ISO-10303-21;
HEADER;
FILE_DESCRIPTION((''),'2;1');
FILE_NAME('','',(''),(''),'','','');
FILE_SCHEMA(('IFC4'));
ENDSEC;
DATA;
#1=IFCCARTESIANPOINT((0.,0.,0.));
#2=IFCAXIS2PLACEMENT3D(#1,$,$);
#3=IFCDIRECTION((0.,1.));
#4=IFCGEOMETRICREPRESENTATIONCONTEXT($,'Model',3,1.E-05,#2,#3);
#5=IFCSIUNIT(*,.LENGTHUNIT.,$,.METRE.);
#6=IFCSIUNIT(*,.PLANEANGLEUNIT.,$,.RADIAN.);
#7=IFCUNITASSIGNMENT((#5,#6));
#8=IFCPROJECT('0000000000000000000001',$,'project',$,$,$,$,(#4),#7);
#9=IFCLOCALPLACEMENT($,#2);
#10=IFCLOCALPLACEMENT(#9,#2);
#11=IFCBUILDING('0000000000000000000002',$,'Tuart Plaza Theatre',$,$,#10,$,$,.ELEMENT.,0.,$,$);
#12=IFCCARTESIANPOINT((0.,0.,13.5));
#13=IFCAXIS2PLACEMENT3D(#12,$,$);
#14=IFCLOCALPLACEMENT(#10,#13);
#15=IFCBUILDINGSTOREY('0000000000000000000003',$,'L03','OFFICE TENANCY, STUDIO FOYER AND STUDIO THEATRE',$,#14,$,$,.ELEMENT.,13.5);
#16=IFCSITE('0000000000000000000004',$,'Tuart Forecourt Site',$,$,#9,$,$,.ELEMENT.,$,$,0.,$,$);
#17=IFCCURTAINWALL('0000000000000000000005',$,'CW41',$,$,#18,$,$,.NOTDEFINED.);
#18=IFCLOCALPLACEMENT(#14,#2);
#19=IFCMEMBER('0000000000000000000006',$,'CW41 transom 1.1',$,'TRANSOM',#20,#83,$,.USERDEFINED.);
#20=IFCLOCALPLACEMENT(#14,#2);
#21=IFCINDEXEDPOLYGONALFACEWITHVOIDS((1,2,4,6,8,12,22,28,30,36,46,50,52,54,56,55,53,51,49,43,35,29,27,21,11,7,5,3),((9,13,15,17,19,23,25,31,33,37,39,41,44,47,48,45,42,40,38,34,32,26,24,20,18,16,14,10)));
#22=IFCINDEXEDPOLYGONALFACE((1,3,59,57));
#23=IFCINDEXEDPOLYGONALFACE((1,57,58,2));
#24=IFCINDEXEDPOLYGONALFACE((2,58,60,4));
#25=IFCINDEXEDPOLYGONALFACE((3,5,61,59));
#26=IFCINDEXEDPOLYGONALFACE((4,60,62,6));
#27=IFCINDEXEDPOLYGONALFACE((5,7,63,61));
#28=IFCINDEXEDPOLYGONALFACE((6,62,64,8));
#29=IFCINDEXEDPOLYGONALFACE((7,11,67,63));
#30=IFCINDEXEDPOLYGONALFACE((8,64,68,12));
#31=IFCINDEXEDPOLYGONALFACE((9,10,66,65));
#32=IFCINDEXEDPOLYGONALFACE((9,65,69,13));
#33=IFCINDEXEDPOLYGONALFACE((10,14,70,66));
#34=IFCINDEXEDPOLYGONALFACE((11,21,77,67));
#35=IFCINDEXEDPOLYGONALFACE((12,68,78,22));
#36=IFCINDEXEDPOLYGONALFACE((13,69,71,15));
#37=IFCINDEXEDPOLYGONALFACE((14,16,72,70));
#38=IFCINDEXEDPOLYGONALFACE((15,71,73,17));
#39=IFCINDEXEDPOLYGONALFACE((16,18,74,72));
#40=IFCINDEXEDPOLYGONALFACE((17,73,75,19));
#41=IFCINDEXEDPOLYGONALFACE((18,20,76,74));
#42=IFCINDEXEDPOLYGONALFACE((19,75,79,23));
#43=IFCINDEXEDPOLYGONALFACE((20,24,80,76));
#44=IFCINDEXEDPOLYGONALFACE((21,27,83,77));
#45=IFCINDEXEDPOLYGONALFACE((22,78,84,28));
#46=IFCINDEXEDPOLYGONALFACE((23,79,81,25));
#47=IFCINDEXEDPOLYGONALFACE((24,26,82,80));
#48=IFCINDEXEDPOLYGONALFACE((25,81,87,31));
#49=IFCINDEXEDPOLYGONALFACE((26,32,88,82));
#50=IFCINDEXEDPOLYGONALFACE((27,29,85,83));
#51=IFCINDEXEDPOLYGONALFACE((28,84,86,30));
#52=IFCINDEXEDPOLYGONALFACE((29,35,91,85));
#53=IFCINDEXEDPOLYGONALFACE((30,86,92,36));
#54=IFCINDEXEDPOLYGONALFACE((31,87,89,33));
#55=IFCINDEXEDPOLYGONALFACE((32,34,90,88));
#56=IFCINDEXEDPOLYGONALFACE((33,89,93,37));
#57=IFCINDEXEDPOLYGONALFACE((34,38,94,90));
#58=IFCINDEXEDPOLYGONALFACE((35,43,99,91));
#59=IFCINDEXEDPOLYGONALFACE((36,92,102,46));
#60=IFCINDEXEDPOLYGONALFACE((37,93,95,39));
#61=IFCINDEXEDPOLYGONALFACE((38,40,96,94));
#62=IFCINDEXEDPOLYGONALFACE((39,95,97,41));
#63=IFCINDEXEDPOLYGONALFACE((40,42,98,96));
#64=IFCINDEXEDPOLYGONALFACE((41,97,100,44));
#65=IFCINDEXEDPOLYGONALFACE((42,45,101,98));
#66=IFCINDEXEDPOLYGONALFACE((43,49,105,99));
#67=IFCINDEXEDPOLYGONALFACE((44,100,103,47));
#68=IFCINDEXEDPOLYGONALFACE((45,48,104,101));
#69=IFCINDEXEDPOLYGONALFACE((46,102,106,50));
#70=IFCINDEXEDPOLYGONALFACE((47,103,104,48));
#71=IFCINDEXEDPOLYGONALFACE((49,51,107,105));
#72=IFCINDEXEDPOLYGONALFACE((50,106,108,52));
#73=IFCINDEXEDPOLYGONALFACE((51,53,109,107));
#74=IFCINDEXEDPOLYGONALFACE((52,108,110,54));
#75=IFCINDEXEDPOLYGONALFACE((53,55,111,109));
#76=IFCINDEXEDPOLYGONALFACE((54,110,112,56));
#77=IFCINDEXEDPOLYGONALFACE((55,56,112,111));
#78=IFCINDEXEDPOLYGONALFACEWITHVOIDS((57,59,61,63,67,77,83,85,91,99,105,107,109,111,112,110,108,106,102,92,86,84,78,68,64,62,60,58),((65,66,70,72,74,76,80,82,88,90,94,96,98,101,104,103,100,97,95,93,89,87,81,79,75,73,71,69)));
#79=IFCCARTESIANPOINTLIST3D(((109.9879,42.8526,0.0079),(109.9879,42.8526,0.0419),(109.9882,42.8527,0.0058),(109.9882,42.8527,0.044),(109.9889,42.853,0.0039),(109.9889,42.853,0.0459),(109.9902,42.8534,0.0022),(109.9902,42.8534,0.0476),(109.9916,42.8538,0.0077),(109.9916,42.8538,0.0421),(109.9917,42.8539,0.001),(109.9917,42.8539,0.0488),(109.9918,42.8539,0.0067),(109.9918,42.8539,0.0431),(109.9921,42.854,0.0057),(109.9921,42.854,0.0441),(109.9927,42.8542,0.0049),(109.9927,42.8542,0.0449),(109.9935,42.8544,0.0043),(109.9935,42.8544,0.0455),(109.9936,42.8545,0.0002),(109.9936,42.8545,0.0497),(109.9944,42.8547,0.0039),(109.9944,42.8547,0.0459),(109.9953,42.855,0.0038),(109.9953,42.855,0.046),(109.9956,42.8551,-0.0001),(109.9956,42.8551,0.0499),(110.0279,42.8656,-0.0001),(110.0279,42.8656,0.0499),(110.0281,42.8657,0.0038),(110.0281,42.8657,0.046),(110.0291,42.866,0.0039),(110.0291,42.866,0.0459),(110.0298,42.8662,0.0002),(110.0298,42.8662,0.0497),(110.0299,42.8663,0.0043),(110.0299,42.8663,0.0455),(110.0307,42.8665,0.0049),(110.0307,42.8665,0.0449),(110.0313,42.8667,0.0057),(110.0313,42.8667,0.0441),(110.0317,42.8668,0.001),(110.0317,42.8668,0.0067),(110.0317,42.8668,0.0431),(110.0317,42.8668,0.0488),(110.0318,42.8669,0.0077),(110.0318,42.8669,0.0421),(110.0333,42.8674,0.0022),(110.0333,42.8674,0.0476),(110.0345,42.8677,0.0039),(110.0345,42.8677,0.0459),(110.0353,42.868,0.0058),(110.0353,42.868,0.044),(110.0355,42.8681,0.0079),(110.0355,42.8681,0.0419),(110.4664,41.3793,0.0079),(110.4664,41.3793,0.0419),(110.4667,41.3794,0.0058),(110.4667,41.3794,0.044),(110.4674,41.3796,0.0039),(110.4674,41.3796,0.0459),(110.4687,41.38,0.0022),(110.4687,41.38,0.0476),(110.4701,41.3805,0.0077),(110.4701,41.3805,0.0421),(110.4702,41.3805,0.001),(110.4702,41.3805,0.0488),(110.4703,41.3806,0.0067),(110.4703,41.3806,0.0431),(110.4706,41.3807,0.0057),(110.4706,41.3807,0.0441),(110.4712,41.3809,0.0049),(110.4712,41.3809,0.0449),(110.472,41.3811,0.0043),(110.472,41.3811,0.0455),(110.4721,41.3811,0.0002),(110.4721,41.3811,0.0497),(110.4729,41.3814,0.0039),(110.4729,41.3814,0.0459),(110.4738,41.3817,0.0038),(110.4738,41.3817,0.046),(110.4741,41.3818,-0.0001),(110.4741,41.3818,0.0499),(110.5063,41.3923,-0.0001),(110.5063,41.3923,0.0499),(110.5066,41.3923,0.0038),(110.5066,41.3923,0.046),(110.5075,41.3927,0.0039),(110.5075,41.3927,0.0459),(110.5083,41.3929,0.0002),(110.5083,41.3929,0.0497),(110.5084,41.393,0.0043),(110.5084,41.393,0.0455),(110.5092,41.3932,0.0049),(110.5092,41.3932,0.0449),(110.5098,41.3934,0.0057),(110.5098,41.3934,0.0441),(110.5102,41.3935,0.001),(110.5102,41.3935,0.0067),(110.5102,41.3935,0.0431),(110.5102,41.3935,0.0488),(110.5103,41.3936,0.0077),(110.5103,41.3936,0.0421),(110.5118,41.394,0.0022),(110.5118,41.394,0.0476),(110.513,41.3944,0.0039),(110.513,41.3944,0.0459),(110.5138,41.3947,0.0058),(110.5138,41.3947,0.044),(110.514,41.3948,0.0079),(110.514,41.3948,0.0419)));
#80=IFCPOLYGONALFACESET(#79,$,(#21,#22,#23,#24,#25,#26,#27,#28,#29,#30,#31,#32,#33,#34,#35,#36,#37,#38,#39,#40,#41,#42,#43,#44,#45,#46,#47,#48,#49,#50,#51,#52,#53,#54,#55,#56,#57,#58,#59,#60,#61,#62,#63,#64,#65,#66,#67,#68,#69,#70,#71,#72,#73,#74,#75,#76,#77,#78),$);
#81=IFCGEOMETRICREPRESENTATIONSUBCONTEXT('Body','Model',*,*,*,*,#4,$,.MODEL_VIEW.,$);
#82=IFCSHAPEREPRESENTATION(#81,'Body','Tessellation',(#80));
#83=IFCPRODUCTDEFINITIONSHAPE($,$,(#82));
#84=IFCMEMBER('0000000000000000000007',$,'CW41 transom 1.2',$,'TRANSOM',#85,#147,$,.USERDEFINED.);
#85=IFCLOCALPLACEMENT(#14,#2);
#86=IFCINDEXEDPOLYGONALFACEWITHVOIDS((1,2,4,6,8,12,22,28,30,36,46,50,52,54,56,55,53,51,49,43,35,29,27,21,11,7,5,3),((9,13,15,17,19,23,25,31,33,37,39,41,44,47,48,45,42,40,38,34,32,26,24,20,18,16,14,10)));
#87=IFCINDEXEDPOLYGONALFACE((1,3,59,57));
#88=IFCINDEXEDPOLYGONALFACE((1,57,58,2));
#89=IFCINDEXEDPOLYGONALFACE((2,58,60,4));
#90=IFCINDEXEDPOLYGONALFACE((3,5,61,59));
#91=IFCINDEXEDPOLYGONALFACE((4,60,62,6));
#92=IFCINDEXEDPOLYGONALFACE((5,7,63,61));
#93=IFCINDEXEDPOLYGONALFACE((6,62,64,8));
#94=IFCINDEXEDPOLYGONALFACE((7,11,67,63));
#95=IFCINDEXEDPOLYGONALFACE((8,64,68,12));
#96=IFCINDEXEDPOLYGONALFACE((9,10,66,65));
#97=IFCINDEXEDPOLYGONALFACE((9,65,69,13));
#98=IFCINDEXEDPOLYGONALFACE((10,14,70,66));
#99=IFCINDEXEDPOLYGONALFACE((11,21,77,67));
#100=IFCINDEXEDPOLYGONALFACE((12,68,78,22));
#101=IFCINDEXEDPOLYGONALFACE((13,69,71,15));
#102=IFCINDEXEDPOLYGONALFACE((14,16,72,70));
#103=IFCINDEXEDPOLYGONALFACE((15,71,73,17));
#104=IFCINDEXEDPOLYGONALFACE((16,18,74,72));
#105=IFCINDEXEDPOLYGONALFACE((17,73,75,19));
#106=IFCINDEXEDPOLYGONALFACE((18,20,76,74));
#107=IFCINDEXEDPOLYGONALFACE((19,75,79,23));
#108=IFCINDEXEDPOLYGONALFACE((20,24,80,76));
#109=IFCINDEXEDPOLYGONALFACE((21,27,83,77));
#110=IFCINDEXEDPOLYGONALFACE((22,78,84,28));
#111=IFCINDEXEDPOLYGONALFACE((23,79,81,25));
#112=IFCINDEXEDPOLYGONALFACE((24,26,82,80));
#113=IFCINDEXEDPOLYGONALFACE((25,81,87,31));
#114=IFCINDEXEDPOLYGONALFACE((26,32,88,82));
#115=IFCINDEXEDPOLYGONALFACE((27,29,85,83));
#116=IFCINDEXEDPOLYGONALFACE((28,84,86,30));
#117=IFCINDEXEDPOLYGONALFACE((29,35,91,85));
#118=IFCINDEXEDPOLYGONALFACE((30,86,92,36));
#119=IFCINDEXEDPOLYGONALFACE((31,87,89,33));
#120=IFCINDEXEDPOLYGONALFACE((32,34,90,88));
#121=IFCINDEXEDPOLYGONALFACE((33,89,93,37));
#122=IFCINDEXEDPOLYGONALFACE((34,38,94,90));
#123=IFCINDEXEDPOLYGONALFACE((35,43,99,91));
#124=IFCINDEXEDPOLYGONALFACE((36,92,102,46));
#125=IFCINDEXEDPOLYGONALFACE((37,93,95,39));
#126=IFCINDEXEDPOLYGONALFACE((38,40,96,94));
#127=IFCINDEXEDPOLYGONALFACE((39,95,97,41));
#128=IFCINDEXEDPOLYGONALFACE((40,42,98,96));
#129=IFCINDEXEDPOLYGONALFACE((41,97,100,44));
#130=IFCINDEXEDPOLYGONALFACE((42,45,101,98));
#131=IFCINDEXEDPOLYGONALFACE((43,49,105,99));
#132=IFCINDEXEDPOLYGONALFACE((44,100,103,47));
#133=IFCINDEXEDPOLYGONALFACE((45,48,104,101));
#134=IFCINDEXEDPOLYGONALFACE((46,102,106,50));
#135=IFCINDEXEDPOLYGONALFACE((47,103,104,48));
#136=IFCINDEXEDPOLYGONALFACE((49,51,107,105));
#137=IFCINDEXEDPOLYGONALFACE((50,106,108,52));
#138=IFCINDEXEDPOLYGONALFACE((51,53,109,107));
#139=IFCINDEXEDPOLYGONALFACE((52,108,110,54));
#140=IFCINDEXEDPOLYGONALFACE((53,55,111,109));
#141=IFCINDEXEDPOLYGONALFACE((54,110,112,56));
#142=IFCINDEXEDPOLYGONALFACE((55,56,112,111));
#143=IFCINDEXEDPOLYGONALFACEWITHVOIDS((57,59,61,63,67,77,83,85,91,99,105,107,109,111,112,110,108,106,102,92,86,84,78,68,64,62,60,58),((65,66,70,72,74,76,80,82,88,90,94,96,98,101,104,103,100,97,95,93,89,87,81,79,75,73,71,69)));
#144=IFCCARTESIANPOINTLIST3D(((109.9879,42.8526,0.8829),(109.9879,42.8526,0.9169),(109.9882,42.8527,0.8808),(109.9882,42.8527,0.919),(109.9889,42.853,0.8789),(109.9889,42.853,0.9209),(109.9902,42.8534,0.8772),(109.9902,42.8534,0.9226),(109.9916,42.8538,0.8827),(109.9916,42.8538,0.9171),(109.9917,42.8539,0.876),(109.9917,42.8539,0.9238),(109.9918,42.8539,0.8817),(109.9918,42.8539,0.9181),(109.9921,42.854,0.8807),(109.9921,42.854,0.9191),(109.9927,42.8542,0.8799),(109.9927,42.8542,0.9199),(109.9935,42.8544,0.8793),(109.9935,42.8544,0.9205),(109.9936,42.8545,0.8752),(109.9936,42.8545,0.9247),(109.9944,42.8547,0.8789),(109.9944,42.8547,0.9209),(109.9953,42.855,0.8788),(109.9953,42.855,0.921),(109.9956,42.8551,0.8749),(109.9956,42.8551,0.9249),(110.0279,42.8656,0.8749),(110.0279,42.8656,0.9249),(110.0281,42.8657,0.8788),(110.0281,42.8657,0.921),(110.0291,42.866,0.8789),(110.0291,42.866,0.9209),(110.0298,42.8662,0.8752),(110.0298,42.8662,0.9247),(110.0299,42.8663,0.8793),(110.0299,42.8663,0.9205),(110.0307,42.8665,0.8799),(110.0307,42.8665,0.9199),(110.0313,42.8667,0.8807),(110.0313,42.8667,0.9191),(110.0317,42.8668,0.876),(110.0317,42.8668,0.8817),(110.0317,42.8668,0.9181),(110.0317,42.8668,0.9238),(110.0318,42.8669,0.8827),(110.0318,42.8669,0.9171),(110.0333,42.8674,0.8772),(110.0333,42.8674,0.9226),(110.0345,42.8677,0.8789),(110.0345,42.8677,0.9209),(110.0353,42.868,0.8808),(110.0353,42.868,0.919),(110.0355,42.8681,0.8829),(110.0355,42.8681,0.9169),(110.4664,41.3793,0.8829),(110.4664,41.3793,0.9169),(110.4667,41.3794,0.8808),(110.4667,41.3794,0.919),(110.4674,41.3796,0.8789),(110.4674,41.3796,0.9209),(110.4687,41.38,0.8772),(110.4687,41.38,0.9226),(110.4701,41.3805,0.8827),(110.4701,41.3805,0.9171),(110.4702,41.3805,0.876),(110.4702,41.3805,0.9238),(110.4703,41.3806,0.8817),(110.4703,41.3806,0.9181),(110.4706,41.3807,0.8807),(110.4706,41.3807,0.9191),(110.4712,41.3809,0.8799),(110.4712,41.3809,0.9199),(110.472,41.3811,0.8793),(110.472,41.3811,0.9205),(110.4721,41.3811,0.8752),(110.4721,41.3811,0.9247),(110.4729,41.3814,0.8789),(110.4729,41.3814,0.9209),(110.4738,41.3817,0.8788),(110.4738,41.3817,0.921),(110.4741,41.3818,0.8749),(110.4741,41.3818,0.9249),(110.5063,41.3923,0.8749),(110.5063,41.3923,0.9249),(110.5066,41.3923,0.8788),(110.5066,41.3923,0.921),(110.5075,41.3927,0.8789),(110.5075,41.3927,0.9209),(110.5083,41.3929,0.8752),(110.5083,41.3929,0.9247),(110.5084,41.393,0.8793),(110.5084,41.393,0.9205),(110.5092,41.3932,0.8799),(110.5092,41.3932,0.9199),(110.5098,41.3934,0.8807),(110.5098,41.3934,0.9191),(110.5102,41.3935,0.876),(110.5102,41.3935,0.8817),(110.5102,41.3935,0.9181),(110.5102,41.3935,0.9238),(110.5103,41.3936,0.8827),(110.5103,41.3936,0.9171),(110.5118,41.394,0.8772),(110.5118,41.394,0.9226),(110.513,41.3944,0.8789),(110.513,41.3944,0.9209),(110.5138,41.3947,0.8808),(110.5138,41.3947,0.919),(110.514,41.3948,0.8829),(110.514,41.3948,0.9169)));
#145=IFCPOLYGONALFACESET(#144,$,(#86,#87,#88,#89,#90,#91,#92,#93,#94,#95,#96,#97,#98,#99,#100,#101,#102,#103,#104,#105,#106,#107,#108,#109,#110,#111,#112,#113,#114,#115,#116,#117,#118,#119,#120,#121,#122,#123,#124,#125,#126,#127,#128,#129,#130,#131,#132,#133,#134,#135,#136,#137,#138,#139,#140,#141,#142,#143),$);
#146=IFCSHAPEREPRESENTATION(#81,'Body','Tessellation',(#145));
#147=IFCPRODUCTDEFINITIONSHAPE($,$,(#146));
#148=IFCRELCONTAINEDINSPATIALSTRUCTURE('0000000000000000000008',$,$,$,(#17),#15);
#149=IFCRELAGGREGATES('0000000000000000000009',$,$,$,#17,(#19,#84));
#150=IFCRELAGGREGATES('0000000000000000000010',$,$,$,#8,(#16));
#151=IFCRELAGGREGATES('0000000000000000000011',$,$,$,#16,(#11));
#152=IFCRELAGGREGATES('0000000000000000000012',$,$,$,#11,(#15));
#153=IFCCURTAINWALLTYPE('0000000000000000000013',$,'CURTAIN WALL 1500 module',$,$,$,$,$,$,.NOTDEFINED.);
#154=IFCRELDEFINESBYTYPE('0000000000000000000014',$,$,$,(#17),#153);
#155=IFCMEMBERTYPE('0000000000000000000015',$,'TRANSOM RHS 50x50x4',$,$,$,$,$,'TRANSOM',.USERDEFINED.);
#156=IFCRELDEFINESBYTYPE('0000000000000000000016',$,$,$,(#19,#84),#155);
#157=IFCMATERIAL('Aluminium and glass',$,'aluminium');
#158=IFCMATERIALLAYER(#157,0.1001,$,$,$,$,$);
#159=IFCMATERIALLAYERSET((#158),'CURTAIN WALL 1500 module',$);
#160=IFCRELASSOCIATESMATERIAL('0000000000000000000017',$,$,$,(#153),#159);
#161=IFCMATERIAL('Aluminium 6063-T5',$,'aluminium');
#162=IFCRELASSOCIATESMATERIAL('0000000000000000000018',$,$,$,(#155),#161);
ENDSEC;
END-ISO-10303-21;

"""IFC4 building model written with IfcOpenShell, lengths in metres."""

from ifc_helpers import new_model, si_unit, direction, frame, origin, origin_2d, place, context, subcontext, project, spatial, hollow_rectangle, extrude, material, layer, layer_set, material_profile, profile_set, type_object, element, aggregate, save


model = new_model("IFC4")

# Units and contexts
model_context = context("Model", 3, precision=1e-05, world=origin(), true_north=direction((0.0, 1.0)))
body_context = subcontext(model_context, "Body", "Model", "MODEL_VIEW")
ifc_project = project(units=[si_unit("LENGTHUNIT", "METRE"), si_unit("PLANEANGLEUNIT", "RADIAN")], contexts=[model_context])

# Site, building, storey
site_placement = place(None, origin())
site = spatial("IfcSite", under=ifc_project, at=site_placement, Name="Tuart Forecourt Site", CompositionType="ELEMENT", RefElevation=0.0)
building_placement = place(site_placement, origin())
building = spatial("IfcBuilding", under=site, at=building_placement, Name="Tuart Plaza Theatre", CompositionType="ELEMENT", ElevationOfRefHeight=0.0)
storey_placement = place(building_placement, frame((0.0, 0.0, 13.5)))
storey = spatial("IfcBuildingStorey", under=building, at=storey_placement, Name="L03", Description="OFFICE TENANCY, STUDIO FOYER AND STUDIO THEATRE", CompositionType="ELEMENT", Elevation=13.5)

# Curtain wall
ifc_material_1 = material(Name="Aluminium and glass", Category="aluminium")
ifc_layer_1 = layer(ifc_material_1, 0.1001)
ifc_layer_set_1 = layer_set([ifc_layer_1], Name="CURTAIN WALL 1500 module")
curtain_wall_type = type_object("IfcCurtainWallType", Name="CURTAIN WALL 1500 module", PredefinedType="NOTDEFINED", material=ifc_layer_set_1)
curtain_wall_1_placement = place(storey_placement, origin())
curtain_wall_1 = element("IfcCurtainWall", 1, at=curtain_wall_1_placement, inside=storey, type_object=curtain_wall_type, Name="CW41", PredefinedType="NOTDEFINED")

# Members
ifc_material_2 = material(Name="Aluminium 6063-T5", Category="aluminium")
ifc_material_profile_1 = material_profile(ifc_material_2, hollow_rectangle(XDim=0.05, YDim=0.05, WallThickness=0.0039, InnerFilletRadius=0.0039, OuterFilletRadius=0.0081, at=origin_2d()), Name="RHS 50x50x4")
ifc_profile_set_1 = profile_set([ifc_material_profile_1], Name="Aluminium 6063-T5")
member_type_1 = type_object("IfcMemberType", Name="TRANSOM RHS 50x50x4", ElementType="TRANSOM", PredefinedType="USERDEFINED", material=ifc_profile_set_1)
member_1_placement = place(storey_placement, frame((110.0117, 42.8604, 0.0249), z_axis=(0.30889, -0.951098, 0.0), x_axis=(0.951098, 0.30889, 0.0)))
member_1 = element("IfcMember", 2, at=member_1_placement, type_object=member_type_1, Name="CW41 transom 1.1", ObjectType="TRANSOM", PredefinedType="USERDEFINED", context=body_context, shape_type="SweptSolid", body=[
    extrude(hollow_rectangle(XDim=0.05, YDim=0.05, WallThickness=0.0039, InnerFilletRadius=0.0039, OuterFilletRadius=0.0081, at=origin_2d()), origin(), (0.0, 0.0, 1.0), 1.5491),
])
member_2_placement = place(storey_placement, frame((110.0117, 42.8604, 0.8999), z_axis=(0.30889, -0.951098, 0.0), x_axis=(0.951098, 0.30889, 0.0)))
member_2 = element("IfcMember", 3, at=member_2_placement, type_object=member_type_1, Name="CW41 transom 1.2", ObjectType="TRANSOM", PredefinedType="USERDEFINED", context=body_context, shape_type="SweptSolid", body=[
    extrude(hollow_rectangle(XDim=0.05, YDim=0.05, WallThickness=0.0039, InnerFilletRadius=0.0039, OuterFilletRadius=0.0081, at=origin_2d()), origin(), (0.0, 0.0, 1.0), 1.5491),
])
aggregate(curtain_wall_1, [member_1, member_2])

save(model, "model.ifc")
